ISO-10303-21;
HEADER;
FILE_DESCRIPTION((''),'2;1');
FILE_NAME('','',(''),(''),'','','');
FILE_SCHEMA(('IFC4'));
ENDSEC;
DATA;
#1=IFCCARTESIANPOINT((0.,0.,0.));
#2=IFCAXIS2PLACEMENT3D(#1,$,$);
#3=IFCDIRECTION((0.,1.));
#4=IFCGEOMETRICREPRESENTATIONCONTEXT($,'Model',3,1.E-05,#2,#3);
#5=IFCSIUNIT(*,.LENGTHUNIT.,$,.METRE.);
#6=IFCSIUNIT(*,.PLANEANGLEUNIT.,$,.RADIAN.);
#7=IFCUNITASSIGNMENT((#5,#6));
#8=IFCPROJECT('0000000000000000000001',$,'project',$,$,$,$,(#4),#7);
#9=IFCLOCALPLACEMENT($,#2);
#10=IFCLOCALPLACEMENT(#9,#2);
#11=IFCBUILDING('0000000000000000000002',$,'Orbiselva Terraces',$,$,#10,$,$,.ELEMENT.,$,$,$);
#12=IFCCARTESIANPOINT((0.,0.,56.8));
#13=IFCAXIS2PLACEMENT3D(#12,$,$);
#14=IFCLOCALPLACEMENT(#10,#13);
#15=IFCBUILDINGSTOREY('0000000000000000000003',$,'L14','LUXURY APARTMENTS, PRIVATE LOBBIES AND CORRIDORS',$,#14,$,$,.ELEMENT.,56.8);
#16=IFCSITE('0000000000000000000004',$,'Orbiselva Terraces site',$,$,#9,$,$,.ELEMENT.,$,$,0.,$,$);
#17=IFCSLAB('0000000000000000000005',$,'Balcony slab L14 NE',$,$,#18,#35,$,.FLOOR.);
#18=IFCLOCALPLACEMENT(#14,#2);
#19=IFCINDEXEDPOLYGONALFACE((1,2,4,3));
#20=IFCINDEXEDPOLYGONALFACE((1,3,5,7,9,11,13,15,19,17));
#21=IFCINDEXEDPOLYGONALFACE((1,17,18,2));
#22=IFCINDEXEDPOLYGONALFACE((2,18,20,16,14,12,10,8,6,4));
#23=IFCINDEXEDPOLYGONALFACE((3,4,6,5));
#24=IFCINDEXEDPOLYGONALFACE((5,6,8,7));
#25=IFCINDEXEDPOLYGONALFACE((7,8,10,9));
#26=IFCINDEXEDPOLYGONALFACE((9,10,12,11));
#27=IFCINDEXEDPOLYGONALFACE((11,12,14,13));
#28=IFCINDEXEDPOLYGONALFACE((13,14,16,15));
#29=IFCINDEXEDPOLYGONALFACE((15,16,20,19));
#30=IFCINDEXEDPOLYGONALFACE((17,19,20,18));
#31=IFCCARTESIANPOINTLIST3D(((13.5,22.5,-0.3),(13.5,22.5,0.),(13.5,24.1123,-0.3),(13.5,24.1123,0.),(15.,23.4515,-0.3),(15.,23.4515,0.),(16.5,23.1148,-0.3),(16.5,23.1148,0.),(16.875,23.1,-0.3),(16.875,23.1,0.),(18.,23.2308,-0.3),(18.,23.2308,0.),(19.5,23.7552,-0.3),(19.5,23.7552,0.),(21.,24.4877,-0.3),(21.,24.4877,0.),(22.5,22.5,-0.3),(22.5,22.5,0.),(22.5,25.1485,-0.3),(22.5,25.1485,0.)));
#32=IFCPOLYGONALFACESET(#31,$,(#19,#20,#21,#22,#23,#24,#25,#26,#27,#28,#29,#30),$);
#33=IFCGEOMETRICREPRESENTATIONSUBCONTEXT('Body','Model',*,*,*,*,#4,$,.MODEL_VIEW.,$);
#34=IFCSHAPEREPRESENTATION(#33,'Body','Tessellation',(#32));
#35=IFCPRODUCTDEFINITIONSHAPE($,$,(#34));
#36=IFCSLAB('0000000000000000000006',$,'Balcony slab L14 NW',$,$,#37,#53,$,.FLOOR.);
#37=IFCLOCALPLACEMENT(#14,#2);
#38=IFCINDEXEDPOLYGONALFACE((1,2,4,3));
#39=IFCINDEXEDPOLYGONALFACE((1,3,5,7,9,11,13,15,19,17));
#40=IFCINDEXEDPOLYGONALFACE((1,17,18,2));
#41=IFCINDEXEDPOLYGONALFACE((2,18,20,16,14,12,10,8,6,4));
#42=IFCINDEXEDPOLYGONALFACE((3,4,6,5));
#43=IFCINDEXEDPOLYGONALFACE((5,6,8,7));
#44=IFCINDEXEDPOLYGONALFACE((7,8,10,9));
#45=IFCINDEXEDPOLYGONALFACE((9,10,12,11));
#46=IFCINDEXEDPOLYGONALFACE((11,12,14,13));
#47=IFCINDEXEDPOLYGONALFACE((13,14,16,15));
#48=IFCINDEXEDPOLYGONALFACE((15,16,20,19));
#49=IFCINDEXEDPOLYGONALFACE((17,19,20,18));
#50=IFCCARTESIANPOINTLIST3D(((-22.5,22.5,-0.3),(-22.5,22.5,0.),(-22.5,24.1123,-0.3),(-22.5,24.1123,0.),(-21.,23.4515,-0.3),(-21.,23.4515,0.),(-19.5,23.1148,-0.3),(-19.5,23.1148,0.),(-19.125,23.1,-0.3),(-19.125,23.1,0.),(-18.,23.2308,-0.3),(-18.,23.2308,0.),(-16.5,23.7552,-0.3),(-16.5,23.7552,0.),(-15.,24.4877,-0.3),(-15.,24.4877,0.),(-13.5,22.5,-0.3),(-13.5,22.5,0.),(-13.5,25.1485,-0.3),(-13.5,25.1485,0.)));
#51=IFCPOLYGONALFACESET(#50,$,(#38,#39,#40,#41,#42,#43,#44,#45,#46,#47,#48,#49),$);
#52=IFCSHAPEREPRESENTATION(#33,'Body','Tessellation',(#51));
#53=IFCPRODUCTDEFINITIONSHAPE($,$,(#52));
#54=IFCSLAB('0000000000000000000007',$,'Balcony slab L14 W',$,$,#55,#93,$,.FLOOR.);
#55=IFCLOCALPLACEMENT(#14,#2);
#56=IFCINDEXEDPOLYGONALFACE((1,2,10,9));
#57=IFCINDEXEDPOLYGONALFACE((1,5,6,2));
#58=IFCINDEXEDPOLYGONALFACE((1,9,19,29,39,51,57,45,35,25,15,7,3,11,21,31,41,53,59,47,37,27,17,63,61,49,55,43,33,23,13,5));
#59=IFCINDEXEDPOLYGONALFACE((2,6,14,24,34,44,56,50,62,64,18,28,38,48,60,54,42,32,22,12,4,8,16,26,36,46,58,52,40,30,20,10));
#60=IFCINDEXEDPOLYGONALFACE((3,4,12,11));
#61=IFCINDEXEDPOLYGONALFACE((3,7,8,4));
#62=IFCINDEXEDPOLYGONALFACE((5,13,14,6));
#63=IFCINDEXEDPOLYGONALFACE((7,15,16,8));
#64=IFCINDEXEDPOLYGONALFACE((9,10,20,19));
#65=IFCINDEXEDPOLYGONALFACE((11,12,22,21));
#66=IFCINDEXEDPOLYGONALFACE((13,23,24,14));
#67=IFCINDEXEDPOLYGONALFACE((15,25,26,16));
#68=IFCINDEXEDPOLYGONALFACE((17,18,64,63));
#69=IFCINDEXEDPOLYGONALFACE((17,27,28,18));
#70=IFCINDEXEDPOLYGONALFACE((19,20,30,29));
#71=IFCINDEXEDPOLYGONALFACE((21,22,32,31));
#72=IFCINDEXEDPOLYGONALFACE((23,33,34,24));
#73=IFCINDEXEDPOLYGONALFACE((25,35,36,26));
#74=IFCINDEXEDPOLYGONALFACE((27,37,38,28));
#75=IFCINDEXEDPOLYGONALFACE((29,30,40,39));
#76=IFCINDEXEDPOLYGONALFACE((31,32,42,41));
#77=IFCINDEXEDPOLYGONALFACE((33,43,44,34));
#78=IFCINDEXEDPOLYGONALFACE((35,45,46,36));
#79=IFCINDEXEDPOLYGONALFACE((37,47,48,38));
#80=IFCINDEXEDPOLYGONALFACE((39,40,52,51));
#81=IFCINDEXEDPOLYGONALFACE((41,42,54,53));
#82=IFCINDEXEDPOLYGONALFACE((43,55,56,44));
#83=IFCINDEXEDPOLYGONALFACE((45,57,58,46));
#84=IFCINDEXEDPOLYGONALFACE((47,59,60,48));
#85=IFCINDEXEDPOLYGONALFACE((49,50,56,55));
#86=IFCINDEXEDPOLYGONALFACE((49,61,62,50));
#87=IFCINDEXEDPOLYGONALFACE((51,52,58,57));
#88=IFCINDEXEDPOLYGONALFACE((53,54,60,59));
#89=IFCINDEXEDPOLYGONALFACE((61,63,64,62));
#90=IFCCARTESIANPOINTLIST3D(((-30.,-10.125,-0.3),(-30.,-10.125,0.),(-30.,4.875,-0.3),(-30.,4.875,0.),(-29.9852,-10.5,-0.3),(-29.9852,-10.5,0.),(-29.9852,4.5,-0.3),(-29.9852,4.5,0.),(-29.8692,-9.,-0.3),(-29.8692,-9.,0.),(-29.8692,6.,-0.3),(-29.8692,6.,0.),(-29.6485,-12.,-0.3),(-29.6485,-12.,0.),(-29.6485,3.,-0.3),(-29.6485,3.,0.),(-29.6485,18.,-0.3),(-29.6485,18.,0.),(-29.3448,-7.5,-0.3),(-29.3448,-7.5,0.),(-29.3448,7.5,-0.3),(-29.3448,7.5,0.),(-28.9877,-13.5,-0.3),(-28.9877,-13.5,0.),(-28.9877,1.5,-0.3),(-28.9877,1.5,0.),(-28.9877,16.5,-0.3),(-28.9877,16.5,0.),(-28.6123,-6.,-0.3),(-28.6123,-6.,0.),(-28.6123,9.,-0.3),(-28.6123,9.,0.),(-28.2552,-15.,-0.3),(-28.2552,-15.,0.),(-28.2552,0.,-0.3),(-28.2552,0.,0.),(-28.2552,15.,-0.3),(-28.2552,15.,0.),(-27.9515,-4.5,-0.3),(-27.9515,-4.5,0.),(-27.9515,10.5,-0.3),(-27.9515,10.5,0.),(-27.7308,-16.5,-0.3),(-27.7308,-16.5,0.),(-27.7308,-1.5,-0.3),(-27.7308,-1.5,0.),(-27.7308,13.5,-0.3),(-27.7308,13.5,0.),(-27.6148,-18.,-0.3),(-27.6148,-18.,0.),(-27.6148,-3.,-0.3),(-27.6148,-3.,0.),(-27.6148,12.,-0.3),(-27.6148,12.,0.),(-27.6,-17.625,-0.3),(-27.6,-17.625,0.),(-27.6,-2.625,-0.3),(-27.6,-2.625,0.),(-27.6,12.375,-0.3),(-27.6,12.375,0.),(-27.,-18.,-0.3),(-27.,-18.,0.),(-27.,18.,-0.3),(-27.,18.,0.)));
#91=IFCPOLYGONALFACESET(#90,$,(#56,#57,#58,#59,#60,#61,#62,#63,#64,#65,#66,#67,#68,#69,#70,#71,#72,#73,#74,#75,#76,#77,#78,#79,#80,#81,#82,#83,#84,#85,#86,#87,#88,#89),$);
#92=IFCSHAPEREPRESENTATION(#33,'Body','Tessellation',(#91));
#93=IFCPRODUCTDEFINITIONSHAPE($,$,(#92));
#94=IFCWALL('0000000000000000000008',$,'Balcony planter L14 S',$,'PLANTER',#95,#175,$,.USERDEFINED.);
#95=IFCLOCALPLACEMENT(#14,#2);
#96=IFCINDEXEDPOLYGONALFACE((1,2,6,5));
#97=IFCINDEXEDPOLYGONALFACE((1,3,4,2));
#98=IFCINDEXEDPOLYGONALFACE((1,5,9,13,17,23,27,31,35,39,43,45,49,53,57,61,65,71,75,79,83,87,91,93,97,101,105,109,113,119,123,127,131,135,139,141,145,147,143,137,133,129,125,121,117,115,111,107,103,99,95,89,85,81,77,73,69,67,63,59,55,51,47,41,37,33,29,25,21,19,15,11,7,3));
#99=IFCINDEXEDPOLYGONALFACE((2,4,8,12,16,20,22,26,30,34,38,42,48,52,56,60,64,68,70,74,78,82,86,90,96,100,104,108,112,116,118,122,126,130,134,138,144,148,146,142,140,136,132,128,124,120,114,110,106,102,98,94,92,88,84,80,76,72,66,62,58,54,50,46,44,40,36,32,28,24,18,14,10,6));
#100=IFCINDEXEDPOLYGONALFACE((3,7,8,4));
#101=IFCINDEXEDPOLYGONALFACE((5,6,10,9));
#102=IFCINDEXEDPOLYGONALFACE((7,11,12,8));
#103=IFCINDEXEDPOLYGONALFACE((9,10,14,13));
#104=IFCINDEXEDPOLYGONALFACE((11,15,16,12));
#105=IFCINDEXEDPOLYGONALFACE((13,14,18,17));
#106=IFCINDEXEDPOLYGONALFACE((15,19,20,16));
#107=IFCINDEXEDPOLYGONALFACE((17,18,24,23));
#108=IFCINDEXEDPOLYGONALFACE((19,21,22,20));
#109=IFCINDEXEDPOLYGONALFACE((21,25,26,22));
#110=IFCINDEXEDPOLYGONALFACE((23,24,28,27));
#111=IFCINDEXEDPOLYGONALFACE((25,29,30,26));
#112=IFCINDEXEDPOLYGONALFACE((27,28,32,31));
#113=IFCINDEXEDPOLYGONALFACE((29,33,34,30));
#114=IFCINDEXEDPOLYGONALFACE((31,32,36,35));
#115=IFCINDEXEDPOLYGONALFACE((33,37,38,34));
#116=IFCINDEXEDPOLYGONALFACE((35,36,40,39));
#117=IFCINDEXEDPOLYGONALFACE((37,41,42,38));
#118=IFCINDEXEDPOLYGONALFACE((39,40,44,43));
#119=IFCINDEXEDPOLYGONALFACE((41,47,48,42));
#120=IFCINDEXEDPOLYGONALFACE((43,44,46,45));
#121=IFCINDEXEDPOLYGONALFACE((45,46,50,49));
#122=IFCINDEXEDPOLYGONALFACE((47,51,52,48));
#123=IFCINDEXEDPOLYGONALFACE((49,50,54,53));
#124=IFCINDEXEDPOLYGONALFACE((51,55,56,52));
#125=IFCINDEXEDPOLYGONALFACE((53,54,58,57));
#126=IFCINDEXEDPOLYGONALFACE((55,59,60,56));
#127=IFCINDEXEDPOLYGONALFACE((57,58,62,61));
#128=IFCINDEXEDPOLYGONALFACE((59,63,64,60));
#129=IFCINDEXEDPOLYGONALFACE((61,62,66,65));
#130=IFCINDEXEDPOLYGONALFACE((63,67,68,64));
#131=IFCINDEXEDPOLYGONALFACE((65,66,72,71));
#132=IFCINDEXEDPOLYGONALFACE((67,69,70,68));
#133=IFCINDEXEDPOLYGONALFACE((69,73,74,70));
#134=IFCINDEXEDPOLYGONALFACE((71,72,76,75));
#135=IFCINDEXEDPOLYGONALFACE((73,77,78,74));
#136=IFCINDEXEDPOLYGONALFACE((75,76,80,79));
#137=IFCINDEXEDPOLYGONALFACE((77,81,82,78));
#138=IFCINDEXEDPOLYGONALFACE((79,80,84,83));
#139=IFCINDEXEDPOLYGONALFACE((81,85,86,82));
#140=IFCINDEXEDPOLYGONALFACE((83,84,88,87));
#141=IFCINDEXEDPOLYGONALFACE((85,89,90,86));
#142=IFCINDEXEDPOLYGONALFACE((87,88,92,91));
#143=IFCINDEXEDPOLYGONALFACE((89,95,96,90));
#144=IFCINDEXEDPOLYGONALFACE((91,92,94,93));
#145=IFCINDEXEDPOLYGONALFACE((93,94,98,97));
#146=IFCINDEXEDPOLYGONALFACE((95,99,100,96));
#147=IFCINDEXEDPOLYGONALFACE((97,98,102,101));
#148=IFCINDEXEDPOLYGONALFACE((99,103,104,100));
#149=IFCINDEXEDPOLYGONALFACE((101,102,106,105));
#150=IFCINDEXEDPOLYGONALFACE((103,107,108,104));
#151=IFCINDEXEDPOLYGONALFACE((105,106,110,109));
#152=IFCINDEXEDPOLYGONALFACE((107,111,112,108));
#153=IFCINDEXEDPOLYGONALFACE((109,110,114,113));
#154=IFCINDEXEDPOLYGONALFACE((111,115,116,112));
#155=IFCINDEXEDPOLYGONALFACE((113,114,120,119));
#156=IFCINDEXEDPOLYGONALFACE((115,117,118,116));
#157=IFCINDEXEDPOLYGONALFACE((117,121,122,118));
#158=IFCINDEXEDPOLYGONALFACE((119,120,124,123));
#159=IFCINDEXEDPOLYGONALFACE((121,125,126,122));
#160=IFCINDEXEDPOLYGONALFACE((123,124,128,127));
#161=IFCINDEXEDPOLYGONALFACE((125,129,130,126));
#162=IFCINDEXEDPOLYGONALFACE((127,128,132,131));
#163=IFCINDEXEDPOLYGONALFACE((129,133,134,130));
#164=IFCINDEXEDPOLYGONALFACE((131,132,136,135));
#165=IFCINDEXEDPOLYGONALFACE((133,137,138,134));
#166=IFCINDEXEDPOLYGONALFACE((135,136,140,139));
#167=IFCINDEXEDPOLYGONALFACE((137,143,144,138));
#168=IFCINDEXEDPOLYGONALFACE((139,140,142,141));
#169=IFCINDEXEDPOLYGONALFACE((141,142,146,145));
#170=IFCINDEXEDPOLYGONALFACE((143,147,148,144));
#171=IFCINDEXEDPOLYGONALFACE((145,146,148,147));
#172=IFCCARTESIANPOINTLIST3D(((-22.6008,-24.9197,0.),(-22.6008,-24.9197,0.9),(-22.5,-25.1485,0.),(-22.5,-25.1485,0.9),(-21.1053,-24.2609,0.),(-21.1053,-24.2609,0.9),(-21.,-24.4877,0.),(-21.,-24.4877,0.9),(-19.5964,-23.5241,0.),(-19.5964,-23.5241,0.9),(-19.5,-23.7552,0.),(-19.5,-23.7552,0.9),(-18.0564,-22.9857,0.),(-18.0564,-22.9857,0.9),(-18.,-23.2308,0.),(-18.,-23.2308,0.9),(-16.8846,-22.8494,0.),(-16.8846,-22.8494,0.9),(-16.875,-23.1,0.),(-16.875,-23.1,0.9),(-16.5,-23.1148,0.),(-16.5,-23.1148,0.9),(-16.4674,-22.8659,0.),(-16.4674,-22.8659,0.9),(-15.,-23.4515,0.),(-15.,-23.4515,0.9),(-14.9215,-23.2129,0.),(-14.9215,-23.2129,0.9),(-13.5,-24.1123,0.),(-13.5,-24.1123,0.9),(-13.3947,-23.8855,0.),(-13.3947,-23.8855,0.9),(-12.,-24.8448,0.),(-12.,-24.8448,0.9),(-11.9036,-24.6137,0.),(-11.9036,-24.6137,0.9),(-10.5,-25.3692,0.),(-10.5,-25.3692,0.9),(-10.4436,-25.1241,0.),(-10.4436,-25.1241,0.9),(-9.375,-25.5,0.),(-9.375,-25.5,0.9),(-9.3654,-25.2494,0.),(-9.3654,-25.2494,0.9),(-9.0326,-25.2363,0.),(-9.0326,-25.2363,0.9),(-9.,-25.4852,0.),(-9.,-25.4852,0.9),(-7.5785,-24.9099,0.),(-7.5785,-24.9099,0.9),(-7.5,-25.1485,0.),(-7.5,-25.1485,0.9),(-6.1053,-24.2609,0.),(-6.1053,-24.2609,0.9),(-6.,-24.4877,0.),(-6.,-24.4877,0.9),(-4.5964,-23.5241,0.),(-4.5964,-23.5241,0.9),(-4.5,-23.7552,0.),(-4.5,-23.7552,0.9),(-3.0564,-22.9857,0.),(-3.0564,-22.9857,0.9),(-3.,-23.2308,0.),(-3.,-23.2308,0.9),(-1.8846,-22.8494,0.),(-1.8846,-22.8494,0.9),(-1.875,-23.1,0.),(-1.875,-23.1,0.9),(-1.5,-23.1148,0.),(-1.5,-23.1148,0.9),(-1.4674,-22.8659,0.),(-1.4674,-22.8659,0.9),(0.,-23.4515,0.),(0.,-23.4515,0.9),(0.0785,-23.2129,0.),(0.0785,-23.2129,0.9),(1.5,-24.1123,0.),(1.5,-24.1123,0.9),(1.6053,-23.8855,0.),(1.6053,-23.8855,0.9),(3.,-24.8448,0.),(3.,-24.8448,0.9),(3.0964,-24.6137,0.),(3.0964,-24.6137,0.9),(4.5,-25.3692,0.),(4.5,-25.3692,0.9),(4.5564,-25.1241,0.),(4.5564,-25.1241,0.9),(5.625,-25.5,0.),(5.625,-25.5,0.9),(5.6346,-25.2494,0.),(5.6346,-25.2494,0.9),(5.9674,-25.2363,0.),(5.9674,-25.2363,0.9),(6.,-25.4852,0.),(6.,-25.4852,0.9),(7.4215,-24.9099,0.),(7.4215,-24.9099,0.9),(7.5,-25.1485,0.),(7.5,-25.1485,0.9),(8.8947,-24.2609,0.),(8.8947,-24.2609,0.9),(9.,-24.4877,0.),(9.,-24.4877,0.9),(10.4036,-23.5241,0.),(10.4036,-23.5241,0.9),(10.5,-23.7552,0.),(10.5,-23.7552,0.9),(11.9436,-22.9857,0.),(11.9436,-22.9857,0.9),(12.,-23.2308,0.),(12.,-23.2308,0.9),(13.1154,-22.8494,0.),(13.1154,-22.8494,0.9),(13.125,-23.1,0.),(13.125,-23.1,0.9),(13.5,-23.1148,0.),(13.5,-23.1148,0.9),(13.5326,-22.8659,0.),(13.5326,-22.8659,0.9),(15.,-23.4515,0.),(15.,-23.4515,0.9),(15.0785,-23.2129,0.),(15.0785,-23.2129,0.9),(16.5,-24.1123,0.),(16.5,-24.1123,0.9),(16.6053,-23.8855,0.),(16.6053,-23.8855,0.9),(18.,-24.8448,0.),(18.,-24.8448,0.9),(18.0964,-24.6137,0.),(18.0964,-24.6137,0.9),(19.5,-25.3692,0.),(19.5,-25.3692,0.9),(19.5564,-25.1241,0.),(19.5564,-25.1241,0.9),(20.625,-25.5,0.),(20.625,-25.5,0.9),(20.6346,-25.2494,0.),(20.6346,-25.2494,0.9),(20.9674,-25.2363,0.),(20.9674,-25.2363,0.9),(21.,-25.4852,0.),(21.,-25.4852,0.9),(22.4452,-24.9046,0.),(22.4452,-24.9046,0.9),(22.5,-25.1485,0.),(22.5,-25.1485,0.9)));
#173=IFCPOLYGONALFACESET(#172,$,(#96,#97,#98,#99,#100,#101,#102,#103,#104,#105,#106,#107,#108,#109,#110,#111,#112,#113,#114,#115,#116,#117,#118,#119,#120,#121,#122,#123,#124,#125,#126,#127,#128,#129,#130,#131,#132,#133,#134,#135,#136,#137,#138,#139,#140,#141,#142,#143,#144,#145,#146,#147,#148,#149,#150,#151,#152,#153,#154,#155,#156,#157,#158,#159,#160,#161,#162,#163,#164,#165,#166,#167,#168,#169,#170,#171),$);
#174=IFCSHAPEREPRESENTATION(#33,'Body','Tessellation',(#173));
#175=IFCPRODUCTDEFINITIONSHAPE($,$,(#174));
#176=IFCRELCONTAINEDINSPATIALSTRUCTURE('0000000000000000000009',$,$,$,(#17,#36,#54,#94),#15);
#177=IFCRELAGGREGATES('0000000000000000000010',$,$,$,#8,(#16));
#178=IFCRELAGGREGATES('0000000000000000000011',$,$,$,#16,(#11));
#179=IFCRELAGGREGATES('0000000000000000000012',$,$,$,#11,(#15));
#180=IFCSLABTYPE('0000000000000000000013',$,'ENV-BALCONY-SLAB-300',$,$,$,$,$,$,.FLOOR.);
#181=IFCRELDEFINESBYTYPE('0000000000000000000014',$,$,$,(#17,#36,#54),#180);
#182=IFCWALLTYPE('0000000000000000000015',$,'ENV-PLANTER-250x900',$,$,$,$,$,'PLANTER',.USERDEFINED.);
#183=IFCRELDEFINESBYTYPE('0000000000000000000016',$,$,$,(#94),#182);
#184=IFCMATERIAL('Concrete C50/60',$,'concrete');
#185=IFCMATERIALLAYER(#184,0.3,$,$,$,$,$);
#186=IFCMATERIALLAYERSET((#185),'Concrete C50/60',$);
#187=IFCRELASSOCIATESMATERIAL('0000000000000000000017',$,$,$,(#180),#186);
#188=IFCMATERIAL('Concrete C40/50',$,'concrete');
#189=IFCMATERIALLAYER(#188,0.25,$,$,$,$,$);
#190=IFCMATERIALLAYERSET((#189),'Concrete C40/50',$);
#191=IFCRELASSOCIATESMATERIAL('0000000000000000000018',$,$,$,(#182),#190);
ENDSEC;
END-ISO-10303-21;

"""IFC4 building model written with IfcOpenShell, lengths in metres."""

from ifc_helpers import new_model, si_unit, direction, frame, origin, place, context, subcontext, project, spatial, polyline, outline, extrude, material, layer, layer_set, type_object, element, save


model = new_model("IFC4")

# Units and contexts
model_context = context("Model", 3, precision=1e-05, world=origin(), true_north=direction((0.0, 1.0)))
body_context = subcontext(model_context, "Body", "Model", "MODEL_VIEW")
ifc_project = project(units=[si_unit("LENGTHUNIT", "METRE"), si_unit("PLANEANGLEUNIT", "RADIAN")], contexts=[model_context])

# Site, building, storey
site_placement = place(None, origin())
site = spatial("IfcSite", under=ifc_project, at=site_placement, Name="Orbiselva Terraces site", CompositionType="ELEMENT", RefElevation=0.0)
building_placement = place(site_placement, origin())
building = spatial("IfcBuilding", under=site, at=building_placement, Name="Orbiselva Terraces", CompositionType="ELEMENT")
storey_placement = place(building_placement, frame((0.0, 0.0, 56.8)))
storey = spatial("IfcBuildingStorey", under=building, at=storey_placement, Name="L14", Description="LUXURY APARTMENTS, PRIVATE LOBBIES AND CORRIDORS", CompositionType="ELEMENT", Elevation=56.8)

# Slabs
ifc_material_1 = material(Name="Concrete C40/50", Category="concrete")
ifc_material_2 = material(Name="Concrete C50/60", Category="concrete")
ifc_layer_1 = layer(ifc_material_2, 0.3)
ifc_layer_set_1 = layer_set([ifc_layer_1], Name="Concrete C50/60")
slab_type_1 = type_object("IfcSlabType", Name="ENV-BALCONY-SLAB-300", PredefinedType="FLOOR", material=ifc_layer_set_1)
slab_1_placement = place(storey_placement, frame((0.0, 0.0, -0.3)))
element("IfcSlab", 1, at=slab_1_placement, inside=storey, type_object=slab_type_1, Name="Balcony slab L14 NE", PredefinedType="FLOOR", context=body_context, shape_type="SweptSolid", body=[
    extrude(outline(polyline([(22.5, 25.1485), (21.0, 24.4877), (19.5, 23.7552), (18.0, 23.2308), (16.875, 23.1), (16.5, 23.1148), (15.0, 23.4515), (13.5, 24.1123), (13.5, 22.5), (22.5, 22.5), (22.5, 25.1485)])), origin(), (0.0, 0.0, 1.0), 0.3),
])
slab_2_placement = place(storey_placement, frame((0.0, 0.0, -0.3)))
element("IfcSlab", 2, at=slab_2_placement, inside=storey, type_object=slab_type_1, Name="Balcony slab L14 NW", PredefinedType="FLOOR", context=body_context, shape_type="SweptSolid", body=[
    extrude(outline(polyline([(-13.5, 25.1485), (-15.0, 24.4877), (-16.5, 23.7552), (-18.0, 23.2308), (-19.125, 23.1), (-19.5, 23.1148), (-21.0, 23.4515), (-22.5, 24.1123), (-22.5, 22.5), (-13.5, 22.5), (-13.5, 25.1485)])), origin(), (0.0, 0.0, 1.0), 0.3),
])
slab_3_placement = place(storey_placement, frame((0.0, 0.0, -0.3)))
element("IfcSlab", 3, at=slab_3_placement, inside=storey, type_object=slab_type_1, Name="Balcony slab L14 W", PredefinedType="FLOOR", context=body_context, shape_type="SweptSolid", body=[
    extrude(outline(polyline([(-29.6485, 18.0), (-28.9877, 16.5), (-28.2552, 15.0), (-27.7308, 13.5), (-27.6, 12.375), (-27.6148, 12.0), (-27.9515, 10.5), (-28.6123, 9.0), (-29.3448, 7.5), (-29.8692, 6.0), (-30.0, 4.875), (-29.9852, 4.5), (-29.6485, 3.0), (-28.9877, 1.5), (-28.2552, 0.0), (-27.7308, -1.5), (-27.6, -2.625), (-27.6148, -3.0), (-27.9515, -4.5), (-28.6123, -6.0), (-29.3448, -7.5), (-29.8692, -9.0), (-30.0, -10.125), (-29.9852, -10.5), (-29.6485, -12.0), (-28.9877, -13.5), (-28.2552, -15.0), (-27.7308, -16.5), (-27.6, -17.625), (-27.6148, -18.0), (-27.0, -18.0), (-27.0, 18.0), (-29.6485, 18.0)])), origin(), (0.0, 0.0, 1.0), 0.3),
])

# Wall
ifc_layer_2 = layer(ifc_material_1, 0.25)
ifc_layer_set_2 = layer_set([ifc_layer_2], Name="Concrete C40/50")
wall_type_1 = type_object("IfcWallType", Name="ENV-PLANTER-250x900", ElementType="PLANTER", PredefinedType="USERDEFINED", material=ifc_layer_set_2)
wall_1_placement = place(storey_placement, origin())
element("IfcWall", 4, at=wall_1_placement, inside=storey, type_object=wall_type_1, Name="Balcony planter L14 S", ObjectType="PLANTER", PredefinedType="USERDEFINED", context=body_context, shape_type="SweptSolid", body=[
    extrude(outline(polyline([(-22.5, -25.1485), (-21.0, -24.4877), (-19.5, -23.7552), (-18.0, -23.2308), (-16.875, -23.1), (-16.5, -23.1148), (-15.0, -23.4515), (-13.5, -24.1123), (-12.0, -24.8448), (-10.5, -25.3692), (-9.375, -25.5), (-9.0, -25.4852), (-7.5, -25.1485), (-6.0, -24.4877), (-4.5, -23.7552), (-3.0, -23.2308), (-1.875, -23.1), (-1.5, -23.1148), (0.0, -23.4515), (1.5, -24.1123), (3.0, -24.8448), (4.5, -25.3692), (5.625, -25.5), (6.0, -25.4852), (7.5, -25.1485), (9.0, -24.4877), (10.5, -23.7552), (12.0, -23.2308), (13.125, -23.1), (13.5, -23.1148), (15.0, -23.4515), (16.5, -24.1123), (18.0, -24.8448), (19.5, -25.3692), (20.625, -25.5), (21.0, -25.4852), (22.5, -25.1485), (22.4452, -24.9046), (20.9674, -25.2363), (20.6346, -25.2494), (19.5564, -25.1241), (18.0964, -24.6137), (16.6053, -23.8855), (15.0785, -23.2129), (13.5326, -22.8659), (13.1154, -22.8494), (11.9436, -22.9857), (10.4036, -23.5241), (8.8947, -24.2609), (7.4215, -24.9099), (5.9674, -25.2363), (5.6346, -25.2494), (4.5564, -25.1241), (3.0964, -24.6137), (1.6053, -23.8855), (0.0785, -23.2129), (-1.4674, -22.8659), (-1.8846, -22.8494), (-3.0564, -22.9857), (-4.5964, -23.5241), (-6.1053, -24.2609), (-7.5785, -24.9099), (-9.0326, -25.2363), (-9.3654, -25.2494), (-10.4436, -25.1241), (-11.9036, -24.6137), (-13.3947, -23.8855), (-14.9215, -23.2129), (-16.4674, -22.8659), (-16.8846, -22.8494), (-18.0564, -22.9857), (-19.5964, -23.5241), (-21.1053, -24.2609), (-22.6008, -24.9197), (-22.5, -25.1485)])), origin(), (0.0, 0.0, 1.0), 0.9),
])

save(model, "model.ifc")
